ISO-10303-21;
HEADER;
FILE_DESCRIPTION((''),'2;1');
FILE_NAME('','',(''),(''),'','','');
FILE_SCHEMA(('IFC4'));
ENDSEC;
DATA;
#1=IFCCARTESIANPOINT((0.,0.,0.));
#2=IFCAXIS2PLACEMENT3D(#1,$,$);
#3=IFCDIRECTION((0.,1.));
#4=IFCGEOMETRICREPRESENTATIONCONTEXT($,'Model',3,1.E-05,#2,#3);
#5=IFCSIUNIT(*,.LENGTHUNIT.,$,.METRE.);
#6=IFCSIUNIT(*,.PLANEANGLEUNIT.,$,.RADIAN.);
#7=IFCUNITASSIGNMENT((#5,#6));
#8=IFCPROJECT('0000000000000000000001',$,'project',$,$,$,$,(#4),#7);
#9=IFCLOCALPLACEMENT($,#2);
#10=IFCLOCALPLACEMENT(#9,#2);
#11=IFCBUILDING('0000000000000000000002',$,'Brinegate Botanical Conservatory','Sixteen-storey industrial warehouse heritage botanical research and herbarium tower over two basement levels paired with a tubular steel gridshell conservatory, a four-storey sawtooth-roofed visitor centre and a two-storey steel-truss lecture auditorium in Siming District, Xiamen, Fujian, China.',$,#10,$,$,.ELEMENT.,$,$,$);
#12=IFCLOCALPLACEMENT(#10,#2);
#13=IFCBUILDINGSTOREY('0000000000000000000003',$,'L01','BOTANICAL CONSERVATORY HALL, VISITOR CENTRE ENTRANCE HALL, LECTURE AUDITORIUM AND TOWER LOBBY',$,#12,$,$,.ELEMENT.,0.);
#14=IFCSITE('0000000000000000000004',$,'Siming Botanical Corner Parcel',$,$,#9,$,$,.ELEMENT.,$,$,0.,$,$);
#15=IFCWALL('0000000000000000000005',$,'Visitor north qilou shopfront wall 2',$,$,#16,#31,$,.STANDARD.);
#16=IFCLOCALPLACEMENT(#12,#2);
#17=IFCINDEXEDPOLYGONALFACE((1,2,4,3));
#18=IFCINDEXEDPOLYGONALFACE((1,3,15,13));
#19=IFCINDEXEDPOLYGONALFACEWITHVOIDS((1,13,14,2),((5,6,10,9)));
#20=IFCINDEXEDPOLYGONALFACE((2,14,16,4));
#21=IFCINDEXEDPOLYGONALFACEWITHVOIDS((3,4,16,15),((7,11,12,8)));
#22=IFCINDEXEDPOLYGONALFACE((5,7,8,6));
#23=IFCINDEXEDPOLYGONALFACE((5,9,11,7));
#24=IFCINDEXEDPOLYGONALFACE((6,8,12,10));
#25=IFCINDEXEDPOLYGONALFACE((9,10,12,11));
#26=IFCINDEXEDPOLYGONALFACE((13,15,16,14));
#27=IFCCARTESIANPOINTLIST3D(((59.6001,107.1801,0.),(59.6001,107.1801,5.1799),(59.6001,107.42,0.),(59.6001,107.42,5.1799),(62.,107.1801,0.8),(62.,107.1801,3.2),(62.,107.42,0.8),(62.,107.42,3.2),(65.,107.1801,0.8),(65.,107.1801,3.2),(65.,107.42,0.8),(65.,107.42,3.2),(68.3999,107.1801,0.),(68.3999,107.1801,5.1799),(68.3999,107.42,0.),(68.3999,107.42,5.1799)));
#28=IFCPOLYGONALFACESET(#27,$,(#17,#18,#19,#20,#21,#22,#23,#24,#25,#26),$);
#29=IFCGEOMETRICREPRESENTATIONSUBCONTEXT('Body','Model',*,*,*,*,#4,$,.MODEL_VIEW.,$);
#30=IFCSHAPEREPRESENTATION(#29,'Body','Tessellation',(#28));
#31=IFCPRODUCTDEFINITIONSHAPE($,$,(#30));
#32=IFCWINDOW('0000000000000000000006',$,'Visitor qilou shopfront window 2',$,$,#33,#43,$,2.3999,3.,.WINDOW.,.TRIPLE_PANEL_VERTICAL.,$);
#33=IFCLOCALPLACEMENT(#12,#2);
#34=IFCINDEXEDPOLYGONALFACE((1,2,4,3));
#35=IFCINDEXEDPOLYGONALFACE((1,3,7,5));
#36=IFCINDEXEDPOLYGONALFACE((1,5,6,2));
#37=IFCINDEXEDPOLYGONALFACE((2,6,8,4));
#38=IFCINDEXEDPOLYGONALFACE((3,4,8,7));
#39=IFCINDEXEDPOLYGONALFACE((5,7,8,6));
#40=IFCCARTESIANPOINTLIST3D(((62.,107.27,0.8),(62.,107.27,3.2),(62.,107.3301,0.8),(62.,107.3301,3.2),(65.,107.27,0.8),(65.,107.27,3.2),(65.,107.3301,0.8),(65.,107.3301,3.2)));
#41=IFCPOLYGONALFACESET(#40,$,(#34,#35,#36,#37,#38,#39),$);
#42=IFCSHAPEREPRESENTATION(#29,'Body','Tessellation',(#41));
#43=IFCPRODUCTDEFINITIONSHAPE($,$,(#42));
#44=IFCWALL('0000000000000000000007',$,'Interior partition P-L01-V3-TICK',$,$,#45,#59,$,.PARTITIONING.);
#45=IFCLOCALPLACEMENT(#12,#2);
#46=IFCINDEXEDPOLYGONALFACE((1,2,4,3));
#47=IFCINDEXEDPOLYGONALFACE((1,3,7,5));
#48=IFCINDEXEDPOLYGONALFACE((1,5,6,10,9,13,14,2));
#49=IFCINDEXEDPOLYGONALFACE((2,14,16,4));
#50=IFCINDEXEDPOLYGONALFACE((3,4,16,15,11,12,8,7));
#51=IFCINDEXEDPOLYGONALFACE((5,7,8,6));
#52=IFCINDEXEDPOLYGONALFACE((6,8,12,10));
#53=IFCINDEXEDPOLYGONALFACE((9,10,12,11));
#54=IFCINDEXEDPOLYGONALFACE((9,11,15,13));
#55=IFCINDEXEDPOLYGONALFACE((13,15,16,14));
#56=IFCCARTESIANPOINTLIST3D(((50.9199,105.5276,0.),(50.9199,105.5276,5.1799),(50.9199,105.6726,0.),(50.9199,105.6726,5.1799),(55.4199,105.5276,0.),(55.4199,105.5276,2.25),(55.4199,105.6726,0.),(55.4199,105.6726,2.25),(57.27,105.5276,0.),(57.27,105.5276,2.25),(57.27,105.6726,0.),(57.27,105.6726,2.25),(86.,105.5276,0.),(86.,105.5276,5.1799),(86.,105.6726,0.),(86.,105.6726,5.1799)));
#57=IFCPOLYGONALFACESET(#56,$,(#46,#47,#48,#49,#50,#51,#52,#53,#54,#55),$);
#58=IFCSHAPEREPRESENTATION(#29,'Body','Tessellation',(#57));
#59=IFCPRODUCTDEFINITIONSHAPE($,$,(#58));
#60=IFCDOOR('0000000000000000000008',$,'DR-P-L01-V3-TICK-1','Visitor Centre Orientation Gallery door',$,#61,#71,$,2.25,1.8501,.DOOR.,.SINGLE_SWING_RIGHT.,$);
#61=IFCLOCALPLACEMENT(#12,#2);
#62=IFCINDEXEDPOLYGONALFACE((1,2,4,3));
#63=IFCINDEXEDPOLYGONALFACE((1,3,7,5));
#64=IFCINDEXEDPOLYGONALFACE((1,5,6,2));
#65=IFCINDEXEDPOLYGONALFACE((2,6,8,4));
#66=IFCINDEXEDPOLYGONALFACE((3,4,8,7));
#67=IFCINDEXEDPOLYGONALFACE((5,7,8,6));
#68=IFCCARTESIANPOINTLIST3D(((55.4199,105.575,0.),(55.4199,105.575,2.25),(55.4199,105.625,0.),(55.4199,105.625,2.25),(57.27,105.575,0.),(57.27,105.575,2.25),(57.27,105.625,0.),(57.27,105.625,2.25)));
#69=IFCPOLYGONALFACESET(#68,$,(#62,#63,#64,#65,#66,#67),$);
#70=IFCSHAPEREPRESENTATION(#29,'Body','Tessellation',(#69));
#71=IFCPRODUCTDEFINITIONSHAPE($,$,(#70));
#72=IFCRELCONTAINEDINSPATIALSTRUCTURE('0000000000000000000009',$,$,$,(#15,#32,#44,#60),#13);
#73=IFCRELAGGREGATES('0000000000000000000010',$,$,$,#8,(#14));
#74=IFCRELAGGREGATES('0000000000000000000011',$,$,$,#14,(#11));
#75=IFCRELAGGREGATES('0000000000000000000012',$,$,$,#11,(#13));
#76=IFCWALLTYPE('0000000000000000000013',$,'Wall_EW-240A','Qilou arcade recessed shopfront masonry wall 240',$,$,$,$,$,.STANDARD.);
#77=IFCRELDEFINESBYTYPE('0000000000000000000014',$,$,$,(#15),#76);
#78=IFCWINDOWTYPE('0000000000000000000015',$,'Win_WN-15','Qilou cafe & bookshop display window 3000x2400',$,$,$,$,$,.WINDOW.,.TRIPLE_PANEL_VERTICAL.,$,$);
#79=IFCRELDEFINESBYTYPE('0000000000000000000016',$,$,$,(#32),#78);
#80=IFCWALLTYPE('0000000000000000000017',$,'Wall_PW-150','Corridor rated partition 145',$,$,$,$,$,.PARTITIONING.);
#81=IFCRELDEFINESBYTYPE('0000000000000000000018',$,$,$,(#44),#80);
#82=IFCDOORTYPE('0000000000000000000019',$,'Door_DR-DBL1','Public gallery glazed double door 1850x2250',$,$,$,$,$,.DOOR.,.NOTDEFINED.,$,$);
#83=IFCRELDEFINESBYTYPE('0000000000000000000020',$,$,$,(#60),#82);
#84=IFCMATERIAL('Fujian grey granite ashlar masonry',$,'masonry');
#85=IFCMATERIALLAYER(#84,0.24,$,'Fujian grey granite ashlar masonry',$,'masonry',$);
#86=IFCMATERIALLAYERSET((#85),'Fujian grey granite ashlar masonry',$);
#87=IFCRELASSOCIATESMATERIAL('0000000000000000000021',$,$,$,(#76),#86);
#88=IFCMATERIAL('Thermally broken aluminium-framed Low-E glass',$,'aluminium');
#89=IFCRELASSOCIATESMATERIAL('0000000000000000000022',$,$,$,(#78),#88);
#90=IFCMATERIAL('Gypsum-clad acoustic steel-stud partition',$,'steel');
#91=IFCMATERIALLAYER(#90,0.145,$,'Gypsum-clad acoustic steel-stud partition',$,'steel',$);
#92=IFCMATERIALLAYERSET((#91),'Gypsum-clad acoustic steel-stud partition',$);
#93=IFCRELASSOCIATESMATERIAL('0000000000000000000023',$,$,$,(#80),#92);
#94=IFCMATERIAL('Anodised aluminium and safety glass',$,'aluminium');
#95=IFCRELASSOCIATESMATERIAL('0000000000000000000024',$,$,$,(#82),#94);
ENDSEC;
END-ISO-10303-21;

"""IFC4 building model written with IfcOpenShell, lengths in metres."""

from ifc_helpers import new_model, si_unit, direction, frame, frame_2d, origin, place, context, subcontext, project, spatial, rectangle, extrude, material, layer, layer_set, type_object, element, fill, save


model = new_model("IFC4")

# Units and contexts
model_context = context("Model", 3, precision=1e-05, world=origin(), true_north=direction((0.0, 1.0)))
body_context = subcontext(model_context, "Body", "Model", "MODEL_VIEW")
ifc_project = project(units=[si_unit("LENGTHUNIT", "METRE"), si_unit("PLANEANGLEUNIT", "RADIAN")], contexts=[model_context])

# Site, building, storey
site_placement = place(None, origin())
site = spatial("IfcSite", under=ifc_project, at=site_placement, Name="Siming Botanical Corner Parcel", CompositionType="ELEMENT", RefElevation=0.0)
building_placement = place(site_placement, origin())
building = spatial("IfcBuilding", under=site, at=building_placement, Name="Brinegate Botanical Conservatory", Description="Sixteen-storey industrial warehouse heritage botanical research and herbarium tower over two basement levels paired with a tubular steel gridshell conservatory, a four-storey sawtooth-roofed visitor centre and a two-storey steel-truss lecture auditorium in Siming District, Xiamen, Fujian, China.", CompositionType="ELEMENT")
storey_placement = place(building_placement, origin())
storey = spatial("IfcBuildingStorey", under=building, at=storey_placement, Name="L01", Description="BOTANICAL CONSERVATORY HALL, VISITOR CENTRE ENTRANCE HALL, LECTURE AUDITORIUM AND TOWER LOBBY", CompositionType="ELEMENT", Elevation=0.0)

# Shared definitions
ifc_material_1 = material(Name="Fujian grey granite ashlar masonry", Category="masonry")
ifc_layer_1 = layer(ifc_material_1, 0.24, Name="Fujian grey granite ashlar masonry", Category="masonry")
ifc_layer_set_1 = layer_set([ifc_layer_1], Name="Fujian grey granite ashlar masonry")
wall_type_1 = type_object("IfcWallType", Name="Wall_EW-240A", Description="Qilou arcade recessed shopfront masonry wall 240", PredefinedType="STANDARD", material=ifc_layer_set_1)

# Wall, opening, window
wall_1_placement = place(storey_placement, frame((59.6001, 107.3, 0.0), z_axis=(0.0, 0.0, 1.0), x_axis=(1.0, 0.0, 0.0)))
wall_1 = element("IfcWall", 1, at=wall_1_placement, inside=storey, type_object=wall_type_1, Name="Visitor north qilou shopfront wall 2", PredefinedType="STANDARD", context=body_context, shape_type="SweptSolid", body=[
    extrude(rectangle(XDim=8.7998, YDim=0.24, at=frame_2d((4.3999, 0.0))), origin(), (0.0, 0.0, 1.0), 5.1799),
])
opening_1_placement = place(wall_1_placement, frame((2.3999, 0.0, 0.8)))
opening_1 = element("IfcOpeningElement", 2, at=opening_1_placement, cuts=wall_1, PredefinedType="OPENING", context=body_context, shape_type="SweptSolid", body=[
    extrude(rectangle(XDim=3.0, YDim=2.3999, at=frame_2d((1.5, 1.2))), frame((0.0, 0.1299, 0.0), z_axis=(0.0, -1.0, 0.0), x_axis=(1.0, 0.0, 0.0)), (0.0, 0.0, 1.0), 0.26),
])
ifc_material_2 = material(Name="Thermally broken aluminium-framed Low-E glass", Category="aluminium")
window_type = type_object("IfcWindowType", Name="Win_WN-15", Description="Qilou cafe & bookshop display window 3000x2400", PartitioningType="TRIPLE_PANEL_VERTICAL", PredefinedType="WINDOW", material=ifc_material_2)
window_placement = place(opening_1_placement, origin())
window = element("IfcWindow", 3, at=window_placement, inside=storey, type_object=window_type, Name="Visitor qilou shopfront window 2", OverallHeight=2.3999, OverallWidth=3.0, PartitioningType="TRIPLE_PANEL_VERTICAL", PredefinedType="WINDOW", context=body_context, shape_type="SweptSolid", body=[
    extrude(rectangle(XDim=3.0, YDim=2.3999, at=frame_2d((1.5, 1.2))), frame((0.0, 0.03, 0.0), z_axis=(0.0, -1.0, 0.0), x_axis=(1.0, 0.0, 0.0)), (0.0, 0.0, 1.0), 0.0601),
])
fill(opening_1, window)

# Wall, opening, door
ifc_material_3 = material(Name="Gypsum-clad acoustic steel-stud partition", Category="steel")
ifc_layer_2 = layer(ifc_material_3, 0.145, Name="Gypsum-clad acoustic steel-stud partition", Category="steel")
ifc_layer_set_2 = layer_set([ifc_layer_2], Name="Gypsum-clad acoustic steel-stud partition")
wall_type_2 = type_object("IfcWallType", Name="Wall_PW-150", Description="Corridor rated partition 145", PredefinedType="PARTITIONING", material=ifc_layer_set_2)
wall_2_placement = place(storey_placement, frame((50.9199, 105.6001, 0.0), z_axis=(0.0, 0.0, 1.0), x_axis=(1.0, 0.0, 0.0)))
wall_2 = element("IfcWall", 4, at=wall_2_placement, inside=storey, type_object=wall_type_2, Name="Interior partition P-L01-V3-TICK", PredefinedType="PARTITIONING", context=body_context, shape_type="SweptSolid", body=[
    extrude(rectangle(XDim=35.0801, YDim=0.145, at=frame_2d((17.54, 0.0))), origin(), (0.0, 0.0, 1.0), 5.1799),
])
opening_2_placement = place(wall_2_placement, frame((4.5, 0.0, 0.0)))
opening_2 = element("IfcOpeningElement", 5, at=opening_2_placement, cuts=wall_2, PredefinedType="OPENING", context=body_context, shape_type="SweptSolid", body=[
    extrude(rectangle(XDim=1.8501, YDim=2.25, at=frame_2d((0.925, 1.125))), frame((0.0, 0.0825, 0.0), z_axis=(0.0, -1.0, 0.0), x_axis=(1.0, 0.0, 0.0)), (0.0, 0.0, 1.0), 0.165),
])
ifc_material_4 = material(Name="Anodised aluminium and safety glass", Category="aluminium")
door_type_1 = type_object("IfcDoorType", Name="Door_DR-DBL1", Description="Public gallery glazed double door 1850x2250", OperationType="NOTDEFINED", PredefinedType="DOOR", material=ifc_material_4)
door_1_placement = place(opening_2_placement, origin())
door_1 = element("IfcDoor", 6, at=door_1_placement, inside=storey, type_object=door_type_1, Name="DR-P-L01-V3-TICK-1", Description="Visitor Centre Orientation Gallery door", OperationType="SINGLE_SWING_RIGHT", OverallHeight=2.25, OverallWidth=1.8501, PredefinedType="DOOR", context=body_context, shape_type="SweptSolid", body=[
    extrude(rectangle(XDim=1.8501, YDim=2.25, at=frame_2d((0.925, 1.125))), frame((0.0, 0.0249, 0.0), z_axis=(0.0, -1.0, 0.0), x_axis=(1.0, 0.0, 0.0)), (0.0, 0.0, 1.0), 0.05),
])
fill(opening_2, door_1)

save(model, "model.ifc")
